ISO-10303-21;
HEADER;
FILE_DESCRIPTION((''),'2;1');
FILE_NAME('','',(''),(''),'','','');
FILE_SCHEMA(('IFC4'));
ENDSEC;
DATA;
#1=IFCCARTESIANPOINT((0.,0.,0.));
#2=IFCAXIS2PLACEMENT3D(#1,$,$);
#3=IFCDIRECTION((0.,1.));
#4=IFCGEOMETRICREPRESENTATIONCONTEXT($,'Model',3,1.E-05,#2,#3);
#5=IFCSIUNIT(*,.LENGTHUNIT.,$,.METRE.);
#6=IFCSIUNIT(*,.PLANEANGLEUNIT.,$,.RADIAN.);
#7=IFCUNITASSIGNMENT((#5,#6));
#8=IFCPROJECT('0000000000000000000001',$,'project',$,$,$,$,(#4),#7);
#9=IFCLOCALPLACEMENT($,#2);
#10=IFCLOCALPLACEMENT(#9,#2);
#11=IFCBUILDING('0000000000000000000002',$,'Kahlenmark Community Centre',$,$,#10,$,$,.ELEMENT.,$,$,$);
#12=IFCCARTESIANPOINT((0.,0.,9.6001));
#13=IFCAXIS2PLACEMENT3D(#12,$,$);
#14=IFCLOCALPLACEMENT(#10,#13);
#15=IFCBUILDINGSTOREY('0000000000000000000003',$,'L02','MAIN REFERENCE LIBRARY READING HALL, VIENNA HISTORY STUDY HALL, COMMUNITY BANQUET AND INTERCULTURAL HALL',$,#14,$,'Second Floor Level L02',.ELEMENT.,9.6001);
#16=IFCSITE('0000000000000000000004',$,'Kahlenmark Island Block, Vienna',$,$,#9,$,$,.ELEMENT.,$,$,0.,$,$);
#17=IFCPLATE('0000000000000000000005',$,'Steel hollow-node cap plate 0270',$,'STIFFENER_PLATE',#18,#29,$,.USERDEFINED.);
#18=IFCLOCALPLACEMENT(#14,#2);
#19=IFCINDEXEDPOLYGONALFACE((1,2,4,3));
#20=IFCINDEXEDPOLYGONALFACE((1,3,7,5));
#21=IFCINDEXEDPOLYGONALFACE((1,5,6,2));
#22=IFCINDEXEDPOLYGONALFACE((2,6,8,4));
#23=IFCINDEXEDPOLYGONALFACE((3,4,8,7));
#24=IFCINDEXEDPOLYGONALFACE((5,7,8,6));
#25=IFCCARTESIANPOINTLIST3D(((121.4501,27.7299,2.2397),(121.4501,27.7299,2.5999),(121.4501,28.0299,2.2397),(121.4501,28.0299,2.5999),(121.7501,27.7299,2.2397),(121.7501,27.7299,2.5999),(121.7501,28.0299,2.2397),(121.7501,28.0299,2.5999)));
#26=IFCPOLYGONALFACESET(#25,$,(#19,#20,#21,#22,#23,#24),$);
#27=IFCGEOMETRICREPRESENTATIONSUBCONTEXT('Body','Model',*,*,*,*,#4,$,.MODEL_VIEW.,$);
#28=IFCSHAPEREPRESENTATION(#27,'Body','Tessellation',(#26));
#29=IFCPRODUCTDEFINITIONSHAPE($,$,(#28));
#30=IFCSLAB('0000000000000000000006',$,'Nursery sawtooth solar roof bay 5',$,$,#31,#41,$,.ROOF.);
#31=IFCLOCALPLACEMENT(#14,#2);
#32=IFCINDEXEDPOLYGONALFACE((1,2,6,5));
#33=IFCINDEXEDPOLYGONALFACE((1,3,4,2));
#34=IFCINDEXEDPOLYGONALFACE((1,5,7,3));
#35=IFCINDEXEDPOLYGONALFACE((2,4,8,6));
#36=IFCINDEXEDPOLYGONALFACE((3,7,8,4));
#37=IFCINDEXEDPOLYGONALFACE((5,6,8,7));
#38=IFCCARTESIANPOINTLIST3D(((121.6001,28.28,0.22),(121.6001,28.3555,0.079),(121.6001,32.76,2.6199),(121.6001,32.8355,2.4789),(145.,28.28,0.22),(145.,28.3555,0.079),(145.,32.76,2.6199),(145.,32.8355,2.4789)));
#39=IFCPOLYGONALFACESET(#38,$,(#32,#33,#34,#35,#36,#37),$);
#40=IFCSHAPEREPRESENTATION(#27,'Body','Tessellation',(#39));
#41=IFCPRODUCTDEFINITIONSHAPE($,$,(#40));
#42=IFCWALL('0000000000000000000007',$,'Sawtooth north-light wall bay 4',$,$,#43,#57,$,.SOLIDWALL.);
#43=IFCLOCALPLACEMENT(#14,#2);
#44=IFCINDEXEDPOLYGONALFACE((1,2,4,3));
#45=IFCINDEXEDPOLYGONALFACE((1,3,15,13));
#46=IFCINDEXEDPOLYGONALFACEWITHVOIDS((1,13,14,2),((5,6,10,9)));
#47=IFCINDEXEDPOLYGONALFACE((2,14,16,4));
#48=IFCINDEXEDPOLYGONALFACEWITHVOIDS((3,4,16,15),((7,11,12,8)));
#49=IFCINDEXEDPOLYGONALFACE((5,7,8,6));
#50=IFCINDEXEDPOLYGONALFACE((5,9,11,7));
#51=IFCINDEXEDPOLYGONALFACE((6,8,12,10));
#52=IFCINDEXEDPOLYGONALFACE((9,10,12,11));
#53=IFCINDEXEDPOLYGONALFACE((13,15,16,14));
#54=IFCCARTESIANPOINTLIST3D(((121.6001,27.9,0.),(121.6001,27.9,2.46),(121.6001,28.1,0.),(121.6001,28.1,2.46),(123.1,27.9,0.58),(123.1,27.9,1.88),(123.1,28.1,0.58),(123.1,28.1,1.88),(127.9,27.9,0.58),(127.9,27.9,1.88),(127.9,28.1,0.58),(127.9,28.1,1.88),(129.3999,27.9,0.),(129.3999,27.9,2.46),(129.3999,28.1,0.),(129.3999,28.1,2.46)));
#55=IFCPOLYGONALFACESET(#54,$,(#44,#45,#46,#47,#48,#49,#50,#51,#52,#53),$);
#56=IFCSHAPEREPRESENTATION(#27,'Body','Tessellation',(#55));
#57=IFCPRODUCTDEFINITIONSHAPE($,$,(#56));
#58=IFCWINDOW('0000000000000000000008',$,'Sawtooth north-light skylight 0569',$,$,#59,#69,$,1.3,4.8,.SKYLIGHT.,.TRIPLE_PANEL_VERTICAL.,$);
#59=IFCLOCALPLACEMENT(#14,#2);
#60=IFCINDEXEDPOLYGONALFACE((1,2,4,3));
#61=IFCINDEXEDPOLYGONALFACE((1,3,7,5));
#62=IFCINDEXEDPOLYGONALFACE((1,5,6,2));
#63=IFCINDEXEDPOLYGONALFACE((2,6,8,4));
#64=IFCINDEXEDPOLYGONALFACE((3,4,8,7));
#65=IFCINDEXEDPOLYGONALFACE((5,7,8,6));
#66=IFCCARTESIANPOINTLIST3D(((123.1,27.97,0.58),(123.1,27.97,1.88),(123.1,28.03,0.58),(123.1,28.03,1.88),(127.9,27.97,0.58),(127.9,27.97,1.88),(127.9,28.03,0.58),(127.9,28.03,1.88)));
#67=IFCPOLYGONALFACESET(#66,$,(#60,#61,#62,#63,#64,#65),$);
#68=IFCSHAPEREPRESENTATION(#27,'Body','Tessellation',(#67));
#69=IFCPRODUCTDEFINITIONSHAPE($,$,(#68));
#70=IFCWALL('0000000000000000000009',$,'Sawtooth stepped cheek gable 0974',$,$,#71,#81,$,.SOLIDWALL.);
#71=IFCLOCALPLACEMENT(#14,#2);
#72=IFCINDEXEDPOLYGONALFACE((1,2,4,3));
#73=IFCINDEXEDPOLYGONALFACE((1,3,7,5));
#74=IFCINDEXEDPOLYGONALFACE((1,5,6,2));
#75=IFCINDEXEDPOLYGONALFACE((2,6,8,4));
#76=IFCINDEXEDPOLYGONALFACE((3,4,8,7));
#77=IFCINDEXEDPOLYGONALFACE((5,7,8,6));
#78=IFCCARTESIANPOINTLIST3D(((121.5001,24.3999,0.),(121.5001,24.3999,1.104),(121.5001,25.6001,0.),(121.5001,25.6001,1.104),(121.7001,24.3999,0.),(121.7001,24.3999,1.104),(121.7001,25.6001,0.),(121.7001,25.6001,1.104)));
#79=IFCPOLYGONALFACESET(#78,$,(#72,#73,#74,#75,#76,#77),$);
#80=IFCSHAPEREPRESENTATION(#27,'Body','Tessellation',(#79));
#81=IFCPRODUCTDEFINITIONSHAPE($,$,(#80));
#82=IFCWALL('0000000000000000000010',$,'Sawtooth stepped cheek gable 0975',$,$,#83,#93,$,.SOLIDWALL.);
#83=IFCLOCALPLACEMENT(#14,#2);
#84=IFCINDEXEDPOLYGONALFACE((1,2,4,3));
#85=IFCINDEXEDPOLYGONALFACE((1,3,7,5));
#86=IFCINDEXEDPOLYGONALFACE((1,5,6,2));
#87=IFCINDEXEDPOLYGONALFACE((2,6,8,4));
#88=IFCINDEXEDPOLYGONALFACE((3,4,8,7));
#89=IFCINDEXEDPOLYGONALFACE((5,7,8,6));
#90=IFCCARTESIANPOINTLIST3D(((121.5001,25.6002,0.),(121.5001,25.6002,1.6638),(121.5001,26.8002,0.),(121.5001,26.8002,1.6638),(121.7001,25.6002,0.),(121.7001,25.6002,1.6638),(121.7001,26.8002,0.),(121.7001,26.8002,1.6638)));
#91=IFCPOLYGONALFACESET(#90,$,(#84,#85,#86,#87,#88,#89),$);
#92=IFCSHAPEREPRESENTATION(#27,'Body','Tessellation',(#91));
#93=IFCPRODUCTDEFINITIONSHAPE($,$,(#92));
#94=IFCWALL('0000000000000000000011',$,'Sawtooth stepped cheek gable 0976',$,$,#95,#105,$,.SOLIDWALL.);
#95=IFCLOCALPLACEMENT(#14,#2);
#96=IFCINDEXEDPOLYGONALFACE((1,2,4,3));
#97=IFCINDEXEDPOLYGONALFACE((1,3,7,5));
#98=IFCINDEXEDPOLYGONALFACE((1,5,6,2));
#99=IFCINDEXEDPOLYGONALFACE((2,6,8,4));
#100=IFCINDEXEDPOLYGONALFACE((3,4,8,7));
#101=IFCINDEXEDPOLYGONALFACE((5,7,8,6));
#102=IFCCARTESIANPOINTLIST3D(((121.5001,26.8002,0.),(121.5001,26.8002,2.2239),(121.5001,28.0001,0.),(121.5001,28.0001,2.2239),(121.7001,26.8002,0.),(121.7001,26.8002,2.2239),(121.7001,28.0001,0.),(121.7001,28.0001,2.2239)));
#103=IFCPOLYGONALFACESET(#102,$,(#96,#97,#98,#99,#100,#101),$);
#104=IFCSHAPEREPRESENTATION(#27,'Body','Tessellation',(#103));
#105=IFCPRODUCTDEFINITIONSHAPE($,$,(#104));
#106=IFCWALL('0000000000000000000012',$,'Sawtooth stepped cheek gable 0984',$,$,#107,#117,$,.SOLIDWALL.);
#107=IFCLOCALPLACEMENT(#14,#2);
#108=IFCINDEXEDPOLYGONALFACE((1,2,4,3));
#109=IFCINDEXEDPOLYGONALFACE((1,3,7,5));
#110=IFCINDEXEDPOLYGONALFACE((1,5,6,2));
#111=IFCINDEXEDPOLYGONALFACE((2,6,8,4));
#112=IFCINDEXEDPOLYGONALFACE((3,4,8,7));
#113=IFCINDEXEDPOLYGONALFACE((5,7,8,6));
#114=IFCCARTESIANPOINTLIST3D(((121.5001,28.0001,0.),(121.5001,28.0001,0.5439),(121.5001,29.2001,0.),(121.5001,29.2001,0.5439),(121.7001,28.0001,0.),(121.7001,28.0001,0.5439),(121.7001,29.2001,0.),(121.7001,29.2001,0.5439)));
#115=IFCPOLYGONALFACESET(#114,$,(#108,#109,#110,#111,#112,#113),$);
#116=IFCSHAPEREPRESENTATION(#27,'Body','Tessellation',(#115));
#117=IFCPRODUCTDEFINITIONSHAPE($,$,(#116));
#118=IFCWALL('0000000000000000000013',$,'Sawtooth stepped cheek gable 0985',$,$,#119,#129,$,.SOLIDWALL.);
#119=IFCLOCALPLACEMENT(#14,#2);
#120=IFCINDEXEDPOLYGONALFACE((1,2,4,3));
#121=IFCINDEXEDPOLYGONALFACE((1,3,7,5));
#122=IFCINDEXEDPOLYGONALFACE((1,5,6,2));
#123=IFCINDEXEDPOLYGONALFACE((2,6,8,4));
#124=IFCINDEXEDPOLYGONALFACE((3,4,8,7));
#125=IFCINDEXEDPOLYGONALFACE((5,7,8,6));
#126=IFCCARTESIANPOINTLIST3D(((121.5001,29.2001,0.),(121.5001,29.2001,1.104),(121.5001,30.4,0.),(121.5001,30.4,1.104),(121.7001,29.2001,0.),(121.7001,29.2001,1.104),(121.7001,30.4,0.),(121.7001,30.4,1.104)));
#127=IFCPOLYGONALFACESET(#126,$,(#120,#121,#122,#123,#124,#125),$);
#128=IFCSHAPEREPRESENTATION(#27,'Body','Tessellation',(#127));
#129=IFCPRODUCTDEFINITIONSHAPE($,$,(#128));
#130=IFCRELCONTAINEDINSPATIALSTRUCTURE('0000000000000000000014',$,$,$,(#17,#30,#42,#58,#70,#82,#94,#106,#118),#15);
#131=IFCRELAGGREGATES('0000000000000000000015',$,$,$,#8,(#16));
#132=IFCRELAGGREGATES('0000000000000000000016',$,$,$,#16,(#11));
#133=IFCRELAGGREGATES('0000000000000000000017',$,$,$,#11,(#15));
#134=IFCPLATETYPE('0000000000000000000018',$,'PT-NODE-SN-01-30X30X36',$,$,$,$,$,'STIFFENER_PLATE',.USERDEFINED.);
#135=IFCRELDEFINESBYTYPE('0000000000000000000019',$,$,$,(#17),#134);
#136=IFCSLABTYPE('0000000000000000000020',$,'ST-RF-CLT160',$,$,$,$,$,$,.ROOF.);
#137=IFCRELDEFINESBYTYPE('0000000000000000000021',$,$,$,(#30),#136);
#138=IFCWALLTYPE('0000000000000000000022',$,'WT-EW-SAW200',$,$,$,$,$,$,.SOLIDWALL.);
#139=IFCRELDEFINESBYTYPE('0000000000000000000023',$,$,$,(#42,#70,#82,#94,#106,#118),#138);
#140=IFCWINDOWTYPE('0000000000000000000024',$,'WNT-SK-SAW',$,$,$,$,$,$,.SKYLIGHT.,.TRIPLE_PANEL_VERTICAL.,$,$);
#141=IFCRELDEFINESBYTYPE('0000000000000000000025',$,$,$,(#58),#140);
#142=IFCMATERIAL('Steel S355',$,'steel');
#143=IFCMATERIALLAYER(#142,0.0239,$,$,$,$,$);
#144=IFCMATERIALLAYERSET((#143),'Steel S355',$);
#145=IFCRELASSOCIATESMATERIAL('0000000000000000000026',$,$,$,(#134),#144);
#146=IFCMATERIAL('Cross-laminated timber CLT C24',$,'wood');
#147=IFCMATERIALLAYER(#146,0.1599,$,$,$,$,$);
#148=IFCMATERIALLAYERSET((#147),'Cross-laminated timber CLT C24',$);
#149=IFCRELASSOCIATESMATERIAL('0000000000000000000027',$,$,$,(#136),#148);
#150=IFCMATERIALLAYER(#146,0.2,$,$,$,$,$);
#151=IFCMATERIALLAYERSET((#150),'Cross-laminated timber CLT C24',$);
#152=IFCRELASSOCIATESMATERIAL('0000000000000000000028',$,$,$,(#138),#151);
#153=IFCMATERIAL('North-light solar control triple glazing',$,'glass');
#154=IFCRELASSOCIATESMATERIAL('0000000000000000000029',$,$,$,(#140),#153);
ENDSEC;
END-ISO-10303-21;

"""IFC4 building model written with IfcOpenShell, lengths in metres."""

from ifc_helpers import new_model, si_unit, direction, frame, frame_2d, origin, origin_2d, place, context, subcontext, project, spatial, polyline, rectangle, outline, extrude, material, layer, layer_set, type_object, element, fill, save


model = new_model("IFC4")

# Units and contexts
model_context = context("Model", 3, precision=1e-05, world=origin(), true_north=direction((0.0, 1.0)))
body_context = subcontext(model_context, "Body", "Model", "MODEL_VIEW")
ifc_project = project(units=[si_unit("LENGTHUNIT", "METRE"), si_unit("PLANEANGLEUNIT", "RADIAN")], contexts=[model_context])

# Site, building, storey
site_placement = place(None, origin())
site = spatial("IfcSite", under=ifc_project, at=site_placement, Name="Kahlenmark Island Block, Vienna", CompositionType="ELEMENT", RefElevation=0.0)
building_placement = place(site_placement, origin())
building = spatial("IfcBuilding", under=site, at=building_placement, Name="Kahlenmark Community Centre", CompositionType="ELEMENT")
storey_placement = place(building_placement, frame((0.0, 0.0, 9.6001)))
storey = spatial("IfcBuildingStorey", under=building, at=storey_placement, Name="L02", Description="MAIN REFERENCE LIBRARY READING HALL, VIENNA HISTORY STUDY HALL, COMMUNITY BANQUET AND INTERCULTURAL HALL", LongName="Second Floor Level L02", CompositionType="ELEMENT", Elevation=9.6001)

# Shared definitions
ifc_material_1 = material(Name="Steel S355", Category="steel")

# Plate
ifc_layer_1 = layer(ifc_material_1, 0.0239)
ifc_layer_set_1 = layer_set([ifc_layer_1], Name="Steel S355")
plate_type_1 = type_object("IfcPlateType", Name="PT-NODE-SN-01-30X30X36", ElementType="STIFFENER_PLATE", PredefinedType="USERDEFINED", material=ifc_layer_set_1)
for number, where, z_axis, x_axis, name in (
    (1, (121.6001, 27.8799, 2.2397), (0.0, 0.0, 1.0), (1.0, 0.0, 0.0), "Steel hollow-node cap plate 0270"),
):
    element("IfcPlate", number, at=place(storey_placement, frame(where, z_axis=z_axis, x_axis=x_axis)), inside=storey, type_object=plate_type_1, Name=name, ObjectType="STIFFENER_PLATE", PredefinedType="USERDEFINED", context=body_context, shape_type="SweptSolid", body=[
        extrude(rectangle(XDim=0.3, YDim=0.3, at=origin_2d()), origin(), (0.0, 0.0, 1.0), 0.3601),
    ])

# Slab
ifc_material_2 = material(Name="Cross-laminated timber CLT C24", Category="wood")
ifc_layer_2 = layer(ifc_material_2, 0.1599)
ifc_layer_set_2 = layer_set([ifc_layer_2], Name="Cross-laminated timber CLT C24")
slab_type = type_object("IfcSlabType", Name="ST-RF-CLT160", PredefinedType="ROOF", material=ifc_layer_set_2)
slab_placement = place(storey_placement, frame((121.6001, 28.28, 0.22), z_axis=(0.0, -0.472208, 0.881487), x_axis=(1.0, 0.0, 0.0)))
element("IfcSlab", 2, at=slab_placement, inside=storey, type_object=slab_type, Name="Nursery sawtooth solar roof bay 5", PredefinedType="ROOF", context=body_context, shape_type="SweptSolid", body=[
    extrude(outline(polyline([(0.0, 0.0), (23.3999, 0.0), (23.3999, 5.0823), (0.0, 5.0823), (0.0, 0.0)])), origin(), (0.0, 0.0, -1.0), 0.1599),
])

# Wall, opening, window
ifc_layer_3 = layer(ifc_material_2, 0.2)
ifc_layer_set_3 = layer_set([ifc_layer_3], Name="Cross-laminated timber CLT C24")
wall_type = type_object("IfcWallType", Name="WT-EW-SAW200", PredefinedType="SOLIDWALL", material=ifc_layer_set_3)
wall_1_placement = place(storey_placement, frame((121.6001, 28.0, 0.0), z_axis=(0.0, 0.0, 1.0), x_axis=(1.0, 0.0, 0.0)))
wall_1 = element("IfcWall", 3, at=wall_1_placement, inside=storey, type_object=wall_type, Name="Sawtooth north-light wall bay 4", PredefinedType="SOLIDWALL", context=body_context, shape_type="SweptSolid", body=[
    extrude(rectangle(XDim=7.7998, YDim=0.2, at=frame_2d((3.8999, 0.0))), origin(), (0.0, 0.0, 1.0), 2.46),
])
opening_placement = place(wall_1_placement, frame((1.5, 0.0, 0.5801)))
opening = element("IfcOpeningElement", 4, at=opening_placement, cuts=wall_1, PredefinedType="OPENING", context=body_context, shape_type="SweptSolid", body=[
    extrude(rectangle(XDim=4.8, YDim=1.3, at=frame_2d((2.3999, 0.6499))), frame((0.0, 0.1099, 0.0), z_axis=(0.0, -1.0, 0.0), x_axis=(1.0, 0.0, 0.0)), (0.0, 0.0, 1.0), 0.22),
])
ifc_material_3 = material(Name="North-light solar control triple glazing", Category="glass")
window_type = type_object("IfcWindowType", Name="WNT-SK-SAW", PartitioningType="TRIPLE_PANEL_VERTICAL", PredefinedType="SKYLIGHT", material=ifc_material_3)
window_placement = place(opening_placement, origin())
window = element("IfcWindow", 5, at=window_placement, inside=storey, type_object=window_type, Name="Sawtooth north-light skylight 0569", OverallHeight=1.3, OverallWidth=4.8, PartitioningType="TRIPLE_PANEL_VERTICAL", PredefinedType="SKYLIGHT", context=body_context, shape_type="SweptSolid", body=[
    extrude(rectangle(XDim=4.8, YDim=1.3, at=frame_2d((2.3999, 0.6499))), frame((0.0, 0.03, 0.0), z_axis=(0.0, -1.0, 0.0), x_axis=(1.0, 0.0, 0.0)), (0.0, 0.0, 1.0), 0.0601),
])
fill(opening, window)

# Walls
wall_2_placement = place(storey_placement, frame((121.6001, 24.3999, 0.0), z_axis=(0.0, 0.0, 1.0), x_axis=(0.0, 1.0, 0.0)))
element("IfcWall", 6, at=wall_2_placement, inside=storey, type_object=wall_type, Name="Sawtooth stepped cheek gable 0974", PredefinedType="SOLIDWALL", context=body_context, shape_type="SweptSolid", body=[
    extrude(rectangle(XDim=1.2002, YDim=0.2, at=frame_2d((0.6001, 0.0))), origin(), (0.0, 0.0, 1.0), 1.104),
])
wall_3_placement = place(storey_placement, frame((121.6001, 25.6001, 0.0), z_axis=(0.0, 0.0, 1.0), x_axis=(0.0, 1.0, 0.0)))
element("IfcWall", 7, at=wall_3_placement, inside=storey, type_object=wall_type, Name="Sawtooth stepped cheek gable 0975", PredefinedType="SOLIDWALL", context=body_context, shape_type="SweptSolid", body=[
    extrude(rectangle(XDim=1.2, YDim=0.2, at=frame_2d((0.6001, 0.0))), origin(), (0.0, 0.0, 1.0), 1.6638),
])
wall_4_placement = place(storey_placement, frame((121.6001, 26.8, 0.0), z_axis=(0.0, 0.0, 1.0), x_axis=(0.0, 1.0, 0.0)))
element("IfcWall", 8, at=wall_4_placement, inside=storey, type_object=wall_type, Name="Sawtooth stepped cheek gable 0976", PredefinedType="SOLIDWALL", context=body_context, shape_type="SweptSolid", body=[
    extrude(rectangle(XDim=1.2, YDim=0.2, at=frame_2d((0.6001, 0.0))), origin(), (0.0, 0.0, 1.0), 2.2239),
])
wall_5_placement = place(storey_placement, frame((121.6001, 28.0, 0.0), z_axis=(0.0, 0.0, 1.0), x_axis=(0.0, 1.0, 0.0)))
element("IfcWall", 9, at=wall_5_placement, inside=storey, type_object=wall_type, Name="Sawtooth stepped cheek gable 0984", PredefinedType="SOLIDWALL", context=body_context, shape_type="SweptSolid", body=[
    extrude(rectangle(XDim=1.2, YDim=0.2, at=frame_2d((0.6001, 0.0))), origin(), (0.0, 0.0, 1.0), 0.5439),
])
wall_6_placement = place(storey_placement, frame((121.6001, 29.2, 0.0), z_axis=(0.0, 0.0, 1.0), x_axis=(0.0, 1.0, 0.0)))
element("IfcWall", 10, at=wall_6_placement, inside=storey, type_object=wall_type, Name="Sawtooth stepped cheek gable 0985", PredefinedType="SOLIDWALL", context=body_context, shape_type="SweptSolid", body=[
    extrude(rectangle(XDim=1.2, YDim=0.2, at=frame_2d((0.6001, 0.0))), origin(), (0.0, 0.0, 1.0), 1.104),
])

save(model, "model.ifc")
